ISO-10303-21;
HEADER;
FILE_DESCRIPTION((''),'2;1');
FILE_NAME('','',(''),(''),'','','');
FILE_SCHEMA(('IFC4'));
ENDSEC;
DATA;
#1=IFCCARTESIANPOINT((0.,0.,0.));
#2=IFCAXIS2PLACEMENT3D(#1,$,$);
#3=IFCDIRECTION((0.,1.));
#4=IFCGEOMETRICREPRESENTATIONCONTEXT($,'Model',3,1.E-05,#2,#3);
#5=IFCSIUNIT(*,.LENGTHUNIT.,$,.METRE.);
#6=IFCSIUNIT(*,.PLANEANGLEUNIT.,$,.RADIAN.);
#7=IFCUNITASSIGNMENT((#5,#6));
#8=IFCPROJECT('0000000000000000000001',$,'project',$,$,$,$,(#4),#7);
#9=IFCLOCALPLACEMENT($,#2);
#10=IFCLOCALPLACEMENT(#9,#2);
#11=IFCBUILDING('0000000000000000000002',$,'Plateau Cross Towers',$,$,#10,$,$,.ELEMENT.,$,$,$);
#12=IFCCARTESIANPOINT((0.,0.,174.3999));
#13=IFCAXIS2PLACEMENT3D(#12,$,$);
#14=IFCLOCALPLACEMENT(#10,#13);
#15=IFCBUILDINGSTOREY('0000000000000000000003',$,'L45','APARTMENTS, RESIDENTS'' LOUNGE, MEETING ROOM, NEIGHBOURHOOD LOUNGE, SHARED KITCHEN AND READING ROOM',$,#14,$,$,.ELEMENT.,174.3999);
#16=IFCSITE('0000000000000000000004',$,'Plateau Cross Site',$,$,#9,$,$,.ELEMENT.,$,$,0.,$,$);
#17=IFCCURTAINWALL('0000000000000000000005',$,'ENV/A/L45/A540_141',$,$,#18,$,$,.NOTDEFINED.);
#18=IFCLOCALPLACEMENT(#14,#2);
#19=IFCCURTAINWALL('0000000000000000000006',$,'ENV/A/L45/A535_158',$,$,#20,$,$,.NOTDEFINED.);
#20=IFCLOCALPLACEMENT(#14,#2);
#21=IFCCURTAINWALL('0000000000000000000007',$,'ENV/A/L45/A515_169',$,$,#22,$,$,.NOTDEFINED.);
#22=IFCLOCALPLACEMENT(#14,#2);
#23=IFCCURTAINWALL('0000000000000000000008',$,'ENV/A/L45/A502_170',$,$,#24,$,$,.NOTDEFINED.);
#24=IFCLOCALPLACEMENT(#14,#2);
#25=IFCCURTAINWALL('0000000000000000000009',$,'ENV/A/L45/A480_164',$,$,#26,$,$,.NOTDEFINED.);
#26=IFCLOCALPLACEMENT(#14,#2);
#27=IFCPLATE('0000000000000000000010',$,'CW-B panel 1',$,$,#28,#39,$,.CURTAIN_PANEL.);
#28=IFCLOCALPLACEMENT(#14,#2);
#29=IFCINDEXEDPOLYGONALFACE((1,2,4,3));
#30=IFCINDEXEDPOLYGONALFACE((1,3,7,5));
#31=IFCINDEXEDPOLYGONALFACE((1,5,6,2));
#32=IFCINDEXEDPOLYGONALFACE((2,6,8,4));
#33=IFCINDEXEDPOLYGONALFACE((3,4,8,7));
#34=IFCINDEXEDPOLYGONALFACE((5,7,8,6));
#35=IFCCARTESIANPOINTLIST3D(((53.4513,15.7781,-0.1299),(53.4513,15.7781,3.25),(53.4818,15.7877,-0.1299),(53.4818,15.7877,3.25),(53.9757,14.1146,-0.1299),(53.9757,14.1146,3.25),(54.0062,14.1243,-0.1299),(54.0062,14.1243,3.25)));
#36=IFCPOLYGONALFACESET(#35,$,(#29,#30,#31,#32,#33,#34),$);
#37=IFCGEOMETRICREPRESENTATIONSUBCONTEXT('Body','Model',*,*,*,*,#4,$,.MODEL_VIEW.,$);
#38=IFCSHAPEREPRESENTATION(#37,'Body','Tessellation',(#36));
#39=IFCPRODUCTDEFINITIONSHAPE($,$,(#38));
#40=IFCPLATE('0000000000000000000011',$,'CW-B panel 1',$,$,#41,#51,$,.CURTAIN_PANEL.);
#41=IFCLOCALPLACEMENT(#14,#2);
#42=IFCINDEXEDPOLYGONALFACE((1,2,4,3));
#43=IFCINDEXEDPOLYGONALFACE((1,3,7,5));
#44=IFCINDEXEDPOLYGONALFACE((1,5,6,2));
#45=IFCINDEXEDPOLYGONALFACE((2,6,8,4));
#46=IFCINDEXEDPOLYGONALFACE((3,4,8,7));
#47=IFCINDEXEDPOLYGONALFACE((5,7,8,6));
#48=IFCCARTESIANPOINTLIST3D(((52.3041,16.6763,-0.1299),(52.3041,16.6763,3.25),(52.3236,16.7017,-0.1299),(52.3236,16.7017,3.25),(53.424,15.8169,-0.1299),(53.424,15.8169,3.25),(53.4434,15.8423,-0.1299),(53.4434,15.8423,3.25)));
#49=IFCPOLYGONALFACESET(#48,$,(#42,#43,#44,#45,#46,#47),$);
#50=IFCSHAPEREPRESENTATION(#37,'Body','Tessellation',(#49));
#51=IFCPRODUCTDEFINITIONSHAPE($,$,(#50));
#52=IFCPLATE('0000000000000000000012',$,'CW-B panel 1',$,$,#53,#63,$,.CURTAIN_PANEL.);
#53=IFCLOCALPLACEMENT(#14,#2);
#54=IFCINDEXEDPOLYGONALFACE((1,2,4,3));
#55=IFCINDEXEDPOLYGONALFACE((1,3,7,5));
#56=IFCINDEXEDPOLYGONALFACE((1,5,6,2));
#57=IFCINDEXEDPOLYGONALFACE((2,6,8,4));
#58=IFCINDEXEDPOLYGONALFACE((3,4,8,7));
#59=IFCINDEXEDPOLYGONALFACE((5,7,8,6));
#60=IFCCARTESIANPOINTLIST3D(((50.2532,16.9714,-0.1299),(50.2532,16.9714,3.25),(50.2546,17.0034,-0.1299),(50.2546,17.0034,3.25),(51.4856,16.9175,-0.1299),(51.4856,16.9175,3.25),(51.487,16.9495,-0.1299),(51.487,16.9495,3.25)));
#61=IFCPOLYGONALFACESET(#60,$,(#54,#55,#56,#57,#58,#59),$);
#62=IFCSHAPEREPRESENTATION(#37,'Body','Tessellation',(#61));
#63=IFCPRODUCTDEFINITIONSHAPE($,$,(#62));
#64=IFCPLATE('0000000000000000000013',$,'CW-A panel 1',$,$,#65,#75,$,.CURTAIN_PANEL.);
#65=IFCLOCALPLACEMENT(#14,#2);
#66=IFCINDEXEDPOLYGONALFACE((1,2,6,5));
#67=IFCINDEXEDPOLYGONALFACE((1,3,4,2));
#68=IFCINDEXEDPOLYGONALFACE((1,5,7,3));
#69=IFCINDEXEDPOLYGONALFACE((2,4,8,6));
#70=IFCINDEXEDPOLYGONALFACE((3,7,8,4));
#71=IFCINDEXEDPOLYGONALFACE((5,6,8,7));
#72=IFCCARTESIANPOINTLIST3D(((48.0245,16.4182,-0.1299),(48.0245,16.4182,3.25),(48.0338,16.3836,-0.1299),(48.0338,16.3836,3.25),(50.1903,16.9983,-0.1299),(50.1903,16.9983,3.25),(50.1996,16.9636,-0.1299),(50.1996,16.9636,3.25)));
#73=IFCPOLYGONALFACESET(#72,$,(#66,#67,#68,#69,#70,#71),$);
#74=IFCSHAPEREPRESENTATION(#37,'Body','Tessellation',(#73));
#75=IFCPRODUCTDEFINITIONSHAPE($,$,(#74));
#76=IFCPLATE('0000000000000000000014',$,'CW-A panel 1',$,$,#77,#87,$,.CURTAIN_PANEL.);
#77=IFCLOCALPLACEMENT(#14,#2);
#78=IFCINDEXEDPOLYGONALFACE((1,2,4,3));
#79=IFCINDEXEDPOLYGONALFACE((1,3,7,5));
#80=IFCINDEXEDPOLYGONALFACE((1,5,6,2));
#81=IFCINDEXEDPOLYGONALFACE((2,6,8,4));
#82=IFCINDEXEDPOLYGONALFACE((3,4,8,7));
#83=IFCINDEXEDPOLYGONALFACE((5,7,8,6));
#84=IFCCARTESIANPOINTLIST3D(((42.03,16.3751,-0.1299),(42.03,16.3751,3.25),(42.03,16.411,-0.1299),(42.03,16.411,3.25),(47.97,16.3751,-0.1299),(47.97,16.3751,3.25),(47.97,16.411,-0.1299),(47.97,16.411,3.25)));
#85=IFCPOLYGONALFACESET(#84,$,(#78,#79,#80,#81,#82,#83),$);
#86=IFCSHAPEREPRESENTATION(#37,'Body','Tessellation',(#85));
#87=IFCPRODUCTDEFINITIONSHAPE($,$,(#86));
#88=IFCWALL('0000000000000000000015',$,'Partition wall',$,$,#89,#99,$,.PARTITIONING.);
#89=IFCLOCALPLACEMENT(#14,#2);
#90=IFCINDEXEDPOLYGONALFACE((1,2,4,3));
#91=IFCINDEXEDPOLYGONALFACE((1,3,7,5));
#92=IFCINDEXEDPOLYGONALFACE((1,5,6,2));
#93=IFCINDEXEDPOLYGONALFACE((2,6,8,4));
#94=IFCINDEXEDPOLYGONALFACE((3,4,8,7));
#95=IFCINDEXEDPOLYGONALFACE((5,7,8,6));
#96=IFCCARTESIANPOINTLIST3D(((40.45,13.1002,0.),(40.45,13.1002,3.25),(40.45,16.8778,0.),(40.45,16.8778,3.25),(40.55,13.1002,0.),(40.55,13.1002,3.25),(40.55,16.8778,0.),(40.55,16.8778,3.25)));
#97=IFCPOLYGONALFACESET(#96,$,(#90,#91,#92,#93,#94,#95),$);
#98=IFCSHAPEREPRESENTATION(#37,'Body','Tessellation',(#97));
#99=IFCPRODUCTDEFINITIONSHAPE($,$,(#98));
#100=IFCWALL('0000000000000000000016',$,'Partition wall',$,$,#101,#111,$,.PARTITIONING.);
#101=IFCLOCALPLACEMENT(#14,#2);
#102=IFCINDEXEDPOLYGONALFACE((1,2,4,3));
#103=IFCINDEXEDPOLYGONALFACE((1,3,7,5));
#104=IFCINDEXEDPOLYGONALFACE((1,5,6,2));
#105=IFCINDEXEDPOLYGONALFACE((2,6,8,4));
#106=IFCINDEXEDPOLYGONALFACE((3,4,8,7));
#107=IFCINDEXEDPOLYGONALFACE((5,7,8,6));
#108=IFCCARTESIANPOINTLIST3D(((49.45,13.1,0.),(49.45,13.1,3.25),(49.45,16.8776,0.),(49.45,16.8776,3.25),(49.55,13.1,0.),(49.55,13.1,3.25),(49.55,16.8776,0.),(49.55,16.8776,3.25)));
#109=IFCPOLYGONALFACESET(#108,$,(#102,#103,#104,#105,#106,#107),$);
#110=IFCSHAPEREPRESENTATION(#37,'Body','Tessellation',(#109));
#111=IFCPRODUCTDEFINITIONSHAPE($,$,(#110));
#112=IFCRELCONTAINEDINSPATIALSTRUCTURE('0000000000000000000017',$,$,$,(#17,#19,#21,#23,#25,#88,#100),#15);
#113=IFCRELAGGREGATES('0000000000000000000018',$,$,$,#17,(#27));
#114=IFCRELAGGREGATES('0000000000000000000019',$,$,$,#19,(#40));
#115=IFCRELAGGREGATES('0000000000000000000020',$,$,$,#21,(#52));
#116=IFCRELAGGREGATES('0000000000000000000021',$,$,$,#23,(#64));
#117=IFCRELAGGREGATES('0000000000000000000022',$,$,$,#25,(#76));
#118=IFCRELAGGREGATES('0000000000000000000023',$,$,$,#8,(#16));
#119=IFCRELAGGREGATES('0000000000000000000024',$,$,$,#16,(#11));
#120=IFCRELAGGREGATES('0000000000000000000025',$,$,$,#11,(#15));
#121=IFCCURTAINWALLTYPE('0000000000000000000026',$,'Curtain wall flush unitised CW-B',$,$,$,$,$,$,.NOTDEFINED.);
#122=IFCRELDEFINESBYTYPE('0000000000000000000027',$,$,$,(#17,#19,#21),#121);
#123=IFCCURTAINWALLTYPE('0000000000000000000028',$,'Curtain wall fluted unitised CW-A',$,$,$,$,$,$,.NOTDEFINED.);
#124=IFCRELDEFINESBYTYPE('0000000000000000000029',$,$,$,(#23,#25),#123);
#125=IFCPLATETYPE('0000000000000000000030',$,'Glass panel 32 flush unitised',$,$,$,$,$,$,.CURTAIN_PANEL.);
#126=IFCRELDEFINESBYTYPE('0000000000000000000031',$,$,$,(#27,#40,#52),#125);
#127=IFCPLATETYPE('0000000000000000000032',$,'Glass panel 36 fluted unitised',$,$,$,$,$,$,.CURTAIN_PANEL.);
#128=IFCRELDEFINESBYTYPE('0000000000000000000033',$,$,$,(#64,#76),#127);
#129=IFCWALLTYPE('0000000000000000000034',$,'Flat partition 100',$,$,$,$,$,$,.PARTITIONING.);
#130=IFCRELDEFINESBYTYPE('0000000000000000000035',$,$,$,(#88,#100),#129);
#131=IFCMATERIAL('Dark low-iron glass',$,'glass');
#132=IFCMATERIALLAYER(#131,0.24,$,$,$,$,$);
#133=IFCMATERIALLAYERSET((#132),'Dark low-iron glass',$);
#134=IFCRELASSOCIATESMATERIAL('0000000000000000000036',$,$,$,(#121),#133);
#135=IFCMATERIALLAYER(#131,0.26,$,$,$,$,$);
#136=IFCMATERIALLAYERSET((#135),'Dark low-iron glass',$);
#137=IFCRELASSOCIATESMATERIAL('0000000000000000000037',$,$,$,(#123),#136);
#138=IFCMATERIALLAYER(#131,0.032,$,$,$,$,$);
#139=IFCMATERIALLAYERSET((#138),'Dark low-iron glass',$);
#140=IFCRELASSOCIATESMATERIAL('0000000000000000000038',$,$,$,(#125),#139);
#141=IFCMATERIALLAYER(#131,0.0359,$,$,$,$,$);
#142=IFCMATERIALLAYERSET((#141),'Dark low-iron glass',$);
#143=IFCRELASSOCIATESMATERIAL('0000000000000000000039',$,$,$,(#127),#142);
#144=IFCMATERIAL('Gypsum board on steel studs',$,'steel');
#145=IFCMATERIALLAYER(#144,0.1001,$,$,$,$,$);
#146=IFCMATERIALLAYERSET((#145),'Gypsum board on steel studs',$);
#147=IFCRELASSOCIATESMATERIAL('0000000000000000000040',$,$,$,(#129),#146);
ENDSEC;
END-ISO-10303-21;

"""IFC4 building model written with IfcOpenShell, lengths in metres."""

from ifc_helpers import new_model, si_unit, direction, frame, frame_2d, origin, origin_2d, place, context, subcontext, project, spatial, rectangle, extrude, material, layer, layer_set, type_object, element, aggregate, save


model = new_model("IFC4")

# Units and contexts
model_context = context("Model", 3, precision=1e-05, world=origin(), true_north=direction((0.0, 1.0)))
body_context = subcontext(model_context, "Body", "Model", "MODEL_VIEW")
ifc_project = project(units=[si_unit("LENGTHUNIT", "METRE"), si_unit("PLANEANGLEUNIT", "RADIAN")], contexts=[model_context])

# Site, building, storey
site_placement = place(None, origin())
site = spatial("IfcSite", under=ifc_project, at=site_placement, Name="Plateau Cross Site", CompositionType="ELEMENT", RefElevation=0.0)
building_placement = place(site_placement, origin())
building = spatial("IfcBuilding", under=site, at=building_placement, Name="Plateau Cross Towers", CompositionType="ELEMENT")
storey_placement = place(building_placement, frame((0.0, 0.0, 174.3999)))
storey = spatial("IfcBuildingStorey", under=building, at=storey_placement, Name="L45", Description="APARTMENTS, RESIDENTS' LOUNGE, MEETING ROOM, NEIGHBOURHOOD LOUNGE, SHARED KITCHEN AND READING ROOM", CompositionType="ELEMENT", Elevation=174.3999)

# Curtain wall
ifc_material_1 = material(Name="Dark low-iron glass", Category="glass")
ifc_layer_1 = layer(ifc_material_1, 0.24)
ifc_layer_set_1 = layer_set([ifc_layer_1], Name="Dark low-iron glass")
curtain_wall_type_1 = type_object("IfcCurtainWallType", Name="Curtain wall flush unitised CW-B", PredefinedType="NOTDEFINED", material=ifc_layer_set_1)
curtain_wall_1_placement = place(storey_placement, origin())
curtain_wall_1 = element("IfcCurtainWall", 1, at=curtain_wall_1_placement, inside=storey, type_object=curtain_wall_type_1, Name="ENV/A/L45/A540_141", PredefinedType="NOTDEFINED")

# Curtain wall
curtain_wall_2_placement = place(storey_placement, origin())
curtain_wall_2 = element("IfcCurtainWall", 2, at=curtain_wall_2_placement, inside=storey, type_object=curtain_wall_type_1, Name="ENV/A/L45/A535_158", PredefinedType="NOTDEFINED")

# Curtain walls
curtain_wall_3_placement = place(storey_placement, origin())
curtain_wall_3 = element("IfcCurtainWall", 3, at=curtain_wall_3_placement, inside=storey, type_object=curtain_wall_type_1, Name="ENV/A/L45/A515_169", PredefinedType="NOTDEFINED")
ifc_layer_2 = layer(ifc_material_1, 0.26)
ifc_layer_set_2 = layer_set([ifc_layer_2], Name="Dark low-iron glass")
curtain_wall_type_2 = type_object("IfcCurtainWallType", Name="Curtain wall fluted unitised CW-A", PredefinedType="NOTDEFINED", material=ifc_layer_set_2)
curtain_wall_4_placement = place(storey_placement, origin())
curtain_wall_4 = element("IfcCurtainWall", 4, at=curtain_wall_4_placement, inside=storey, type_object=curtain_wall_type_2, Name="ENV/A/L45/A502_170", PredefinedType="NOTDEFINED")
curtain_wall_5_placement = place(storey_placement, origin())
curtain_wall_5 = element("IfcCurtainWall", 5, at=curtain_wall_5_placement, inside=storey, type_object=curtain_wall_type_2, Name="ENV/A/L45/A480_164", PredefinedType="NOTDEFINED")

# Plates
ifc_layer_3 = layer(ifc_material_1, 0.032)
ifc_layer_set_3 = layer_set([ifc_layer_3], Name="Dark low-iron glass")
plate_type_1 = type_object("IfcPlateType", Name="Glass panel 32 flush unitised", PredefinedType="CURTAIN_PANEL", material=ifc_layer_set_3)
plate_1_placement = place(storey_placement, frame((53.7288, 14.9512, -0.1299), z_axis=(0.0, 0.0, 1.0), x_axis=(-0.300686, 0.953723, 0.0)))
plate_1 = element("IfcPlate", 6, at=plate_1_placement, type_object=plate_type_1, Name="CW-B panel 1", PredefinedType="CURTAIN_PANEL", context=body_context, shape_type="SweptSolid", body=[
    extrude(rectangle(XDim=1.7441, YDim=0.032, at=origin_2d()), origin(), (0.0, 0.0, 1.0), 3.3799),
])
aggregate(curtain_wall_1, [plate_1])
plate_2_placement = place(storey_placement, frame((52.8738, 16.2593, -0.1299), z_axis=(0.0, 0.0, 1.0), x_axis=(-0.793316, 0.608811, 0.0)))
plate_2 = element("IfcPlate", 7, at=plate_2_placement, type_object=plate_type_1, Name="CW-B panel 1", PredefinedType="CURTAIN_PANEL", context=body_context, shape_type="SweptSolid", body=[
    extrude(rectangle(XDim=1.4116, YDim=0.032, at=origin_2d()), origin(), (0.0, 0.0, 1.0), 3.3799),
])
aggregate(curtain_wall_2, [plate_2])
plate_3_placement = place(storey_placement, frame((50.8701, 16.9604, -0.1299), z_axis=(0.0, 0.0, 1.0), x_axis=(-0.999044, 0.043723, 0.0)))
plate_3 = element("IfcPlate", 8, at=plate_3_placement, type_object=plate_type_1, Name="CW-B panel 1", PredefinedType="CURTAIN_PANEL", context=body_context, shape_type="SweptSolid", body=[
    extrude(rectangle(XDim=1.2336, YDim=0.032, at=origin_2d()), origin(), (0.0, 0.0, 1.0), 3.3799),
])
aggregate(curtain_wall_3, [plate_3])
ifc_layer_4 = layer(ifc_material_1, 0.0359)
ifc_layer_set_4 = layer_set([ifc_layer_4], Name="Dark low-iron glass")
plate_type_2 = type_object("IfcPlateType", Name="Glass panel 36 fluted unitised", PredefinedType="CURTAIN_PANEL", material=ifc_layer_set_4)
plate_4_placement = place(storey_placement, frame((49.1121, 16.6909, -0.1299), z_axis=(0.0, 0.0, 1.0), x_axis=(-0.965958, -0.258699, 0.0)))
plate_4 = element("IfcPlate", 9, at=plate_4_placement, type_object=plate_type_2, Name="CW-A panel 1", PredefinedType="CURTAIN_PANEL", context=body_context, shape_type="SweptSolid", body=[
    extrude(rectangle(XDim=2.2422, YDim=0.0359, at=origin_2d()), origin(), (0.0, 0.0, 1.0), 3.3799),
])
aggregate(curtain_wall_4, [plate_4])
plate_5_placement = place(storey_placement, frame((45.0, 16.3931, -0.1299), z_axis=(0.0, 0.0, 1.0), x_axis=(-1.0, 0.0, 0.0)))
plate_5 = element("IfcPlate", 10, at=plate_5_placement, type_object=plate_type_2, Name="CW-A panel 1", PredefinedType="CURTAIN_PANEL", context=body_context, shape_type="SweptSolid", body=[
    extrude(rectangle(XDim=5.9399, YDim=0.0359, at=origin_2d()), origin(), (0.0, 0.0, 1.0), 3.3799),
])
aggregate(curtain_wall_5, [plate_5])

# Walls
ifc_material_2 = material(Name="Gypsum board on steel studs", Category="steel")
ifc_layer_5 = layer(ifc_material_2, 0.1001)
ifc_layer_set_5 = layer_set([ifc_layer_5], Name="Gypsum board on steel studs")
wall_type = type_object("IfcWallType", Name="Flat partition 100", PredefinedType="PARTITIONING", material=ifc_layer_set_5)
for number, where, z_axis, x_axis, name in (
    (11, (40.5, 16.8777, 0.0), (0.0, 0.0, 1.0), (0.0, -1.0, 0.0), "Partition wall"),
    (12, (49.5, 13.1001, 0.0), (0.0, 0.0, 1.0), (0.0, 1.0, 0.0), "Partition wall"),
):
    element("IfcWall", number, at=place(storey_placement, frame(where, z_axis=z_axis, x_axis=x_axis)), inside=storey, type_object=wall_type, Name=name, PredefinedType="PARTITIONING", context=body_context, shape_type="SweptSolid", body=[
        extrude(rectangle(XDim=3.7776, YDim=0.1001, at=frame_2d((1.8887, 0.0))), origin(), (0.0, 0.0, 1.0), 3.25),
    ])

save(model, "model.ifc")
